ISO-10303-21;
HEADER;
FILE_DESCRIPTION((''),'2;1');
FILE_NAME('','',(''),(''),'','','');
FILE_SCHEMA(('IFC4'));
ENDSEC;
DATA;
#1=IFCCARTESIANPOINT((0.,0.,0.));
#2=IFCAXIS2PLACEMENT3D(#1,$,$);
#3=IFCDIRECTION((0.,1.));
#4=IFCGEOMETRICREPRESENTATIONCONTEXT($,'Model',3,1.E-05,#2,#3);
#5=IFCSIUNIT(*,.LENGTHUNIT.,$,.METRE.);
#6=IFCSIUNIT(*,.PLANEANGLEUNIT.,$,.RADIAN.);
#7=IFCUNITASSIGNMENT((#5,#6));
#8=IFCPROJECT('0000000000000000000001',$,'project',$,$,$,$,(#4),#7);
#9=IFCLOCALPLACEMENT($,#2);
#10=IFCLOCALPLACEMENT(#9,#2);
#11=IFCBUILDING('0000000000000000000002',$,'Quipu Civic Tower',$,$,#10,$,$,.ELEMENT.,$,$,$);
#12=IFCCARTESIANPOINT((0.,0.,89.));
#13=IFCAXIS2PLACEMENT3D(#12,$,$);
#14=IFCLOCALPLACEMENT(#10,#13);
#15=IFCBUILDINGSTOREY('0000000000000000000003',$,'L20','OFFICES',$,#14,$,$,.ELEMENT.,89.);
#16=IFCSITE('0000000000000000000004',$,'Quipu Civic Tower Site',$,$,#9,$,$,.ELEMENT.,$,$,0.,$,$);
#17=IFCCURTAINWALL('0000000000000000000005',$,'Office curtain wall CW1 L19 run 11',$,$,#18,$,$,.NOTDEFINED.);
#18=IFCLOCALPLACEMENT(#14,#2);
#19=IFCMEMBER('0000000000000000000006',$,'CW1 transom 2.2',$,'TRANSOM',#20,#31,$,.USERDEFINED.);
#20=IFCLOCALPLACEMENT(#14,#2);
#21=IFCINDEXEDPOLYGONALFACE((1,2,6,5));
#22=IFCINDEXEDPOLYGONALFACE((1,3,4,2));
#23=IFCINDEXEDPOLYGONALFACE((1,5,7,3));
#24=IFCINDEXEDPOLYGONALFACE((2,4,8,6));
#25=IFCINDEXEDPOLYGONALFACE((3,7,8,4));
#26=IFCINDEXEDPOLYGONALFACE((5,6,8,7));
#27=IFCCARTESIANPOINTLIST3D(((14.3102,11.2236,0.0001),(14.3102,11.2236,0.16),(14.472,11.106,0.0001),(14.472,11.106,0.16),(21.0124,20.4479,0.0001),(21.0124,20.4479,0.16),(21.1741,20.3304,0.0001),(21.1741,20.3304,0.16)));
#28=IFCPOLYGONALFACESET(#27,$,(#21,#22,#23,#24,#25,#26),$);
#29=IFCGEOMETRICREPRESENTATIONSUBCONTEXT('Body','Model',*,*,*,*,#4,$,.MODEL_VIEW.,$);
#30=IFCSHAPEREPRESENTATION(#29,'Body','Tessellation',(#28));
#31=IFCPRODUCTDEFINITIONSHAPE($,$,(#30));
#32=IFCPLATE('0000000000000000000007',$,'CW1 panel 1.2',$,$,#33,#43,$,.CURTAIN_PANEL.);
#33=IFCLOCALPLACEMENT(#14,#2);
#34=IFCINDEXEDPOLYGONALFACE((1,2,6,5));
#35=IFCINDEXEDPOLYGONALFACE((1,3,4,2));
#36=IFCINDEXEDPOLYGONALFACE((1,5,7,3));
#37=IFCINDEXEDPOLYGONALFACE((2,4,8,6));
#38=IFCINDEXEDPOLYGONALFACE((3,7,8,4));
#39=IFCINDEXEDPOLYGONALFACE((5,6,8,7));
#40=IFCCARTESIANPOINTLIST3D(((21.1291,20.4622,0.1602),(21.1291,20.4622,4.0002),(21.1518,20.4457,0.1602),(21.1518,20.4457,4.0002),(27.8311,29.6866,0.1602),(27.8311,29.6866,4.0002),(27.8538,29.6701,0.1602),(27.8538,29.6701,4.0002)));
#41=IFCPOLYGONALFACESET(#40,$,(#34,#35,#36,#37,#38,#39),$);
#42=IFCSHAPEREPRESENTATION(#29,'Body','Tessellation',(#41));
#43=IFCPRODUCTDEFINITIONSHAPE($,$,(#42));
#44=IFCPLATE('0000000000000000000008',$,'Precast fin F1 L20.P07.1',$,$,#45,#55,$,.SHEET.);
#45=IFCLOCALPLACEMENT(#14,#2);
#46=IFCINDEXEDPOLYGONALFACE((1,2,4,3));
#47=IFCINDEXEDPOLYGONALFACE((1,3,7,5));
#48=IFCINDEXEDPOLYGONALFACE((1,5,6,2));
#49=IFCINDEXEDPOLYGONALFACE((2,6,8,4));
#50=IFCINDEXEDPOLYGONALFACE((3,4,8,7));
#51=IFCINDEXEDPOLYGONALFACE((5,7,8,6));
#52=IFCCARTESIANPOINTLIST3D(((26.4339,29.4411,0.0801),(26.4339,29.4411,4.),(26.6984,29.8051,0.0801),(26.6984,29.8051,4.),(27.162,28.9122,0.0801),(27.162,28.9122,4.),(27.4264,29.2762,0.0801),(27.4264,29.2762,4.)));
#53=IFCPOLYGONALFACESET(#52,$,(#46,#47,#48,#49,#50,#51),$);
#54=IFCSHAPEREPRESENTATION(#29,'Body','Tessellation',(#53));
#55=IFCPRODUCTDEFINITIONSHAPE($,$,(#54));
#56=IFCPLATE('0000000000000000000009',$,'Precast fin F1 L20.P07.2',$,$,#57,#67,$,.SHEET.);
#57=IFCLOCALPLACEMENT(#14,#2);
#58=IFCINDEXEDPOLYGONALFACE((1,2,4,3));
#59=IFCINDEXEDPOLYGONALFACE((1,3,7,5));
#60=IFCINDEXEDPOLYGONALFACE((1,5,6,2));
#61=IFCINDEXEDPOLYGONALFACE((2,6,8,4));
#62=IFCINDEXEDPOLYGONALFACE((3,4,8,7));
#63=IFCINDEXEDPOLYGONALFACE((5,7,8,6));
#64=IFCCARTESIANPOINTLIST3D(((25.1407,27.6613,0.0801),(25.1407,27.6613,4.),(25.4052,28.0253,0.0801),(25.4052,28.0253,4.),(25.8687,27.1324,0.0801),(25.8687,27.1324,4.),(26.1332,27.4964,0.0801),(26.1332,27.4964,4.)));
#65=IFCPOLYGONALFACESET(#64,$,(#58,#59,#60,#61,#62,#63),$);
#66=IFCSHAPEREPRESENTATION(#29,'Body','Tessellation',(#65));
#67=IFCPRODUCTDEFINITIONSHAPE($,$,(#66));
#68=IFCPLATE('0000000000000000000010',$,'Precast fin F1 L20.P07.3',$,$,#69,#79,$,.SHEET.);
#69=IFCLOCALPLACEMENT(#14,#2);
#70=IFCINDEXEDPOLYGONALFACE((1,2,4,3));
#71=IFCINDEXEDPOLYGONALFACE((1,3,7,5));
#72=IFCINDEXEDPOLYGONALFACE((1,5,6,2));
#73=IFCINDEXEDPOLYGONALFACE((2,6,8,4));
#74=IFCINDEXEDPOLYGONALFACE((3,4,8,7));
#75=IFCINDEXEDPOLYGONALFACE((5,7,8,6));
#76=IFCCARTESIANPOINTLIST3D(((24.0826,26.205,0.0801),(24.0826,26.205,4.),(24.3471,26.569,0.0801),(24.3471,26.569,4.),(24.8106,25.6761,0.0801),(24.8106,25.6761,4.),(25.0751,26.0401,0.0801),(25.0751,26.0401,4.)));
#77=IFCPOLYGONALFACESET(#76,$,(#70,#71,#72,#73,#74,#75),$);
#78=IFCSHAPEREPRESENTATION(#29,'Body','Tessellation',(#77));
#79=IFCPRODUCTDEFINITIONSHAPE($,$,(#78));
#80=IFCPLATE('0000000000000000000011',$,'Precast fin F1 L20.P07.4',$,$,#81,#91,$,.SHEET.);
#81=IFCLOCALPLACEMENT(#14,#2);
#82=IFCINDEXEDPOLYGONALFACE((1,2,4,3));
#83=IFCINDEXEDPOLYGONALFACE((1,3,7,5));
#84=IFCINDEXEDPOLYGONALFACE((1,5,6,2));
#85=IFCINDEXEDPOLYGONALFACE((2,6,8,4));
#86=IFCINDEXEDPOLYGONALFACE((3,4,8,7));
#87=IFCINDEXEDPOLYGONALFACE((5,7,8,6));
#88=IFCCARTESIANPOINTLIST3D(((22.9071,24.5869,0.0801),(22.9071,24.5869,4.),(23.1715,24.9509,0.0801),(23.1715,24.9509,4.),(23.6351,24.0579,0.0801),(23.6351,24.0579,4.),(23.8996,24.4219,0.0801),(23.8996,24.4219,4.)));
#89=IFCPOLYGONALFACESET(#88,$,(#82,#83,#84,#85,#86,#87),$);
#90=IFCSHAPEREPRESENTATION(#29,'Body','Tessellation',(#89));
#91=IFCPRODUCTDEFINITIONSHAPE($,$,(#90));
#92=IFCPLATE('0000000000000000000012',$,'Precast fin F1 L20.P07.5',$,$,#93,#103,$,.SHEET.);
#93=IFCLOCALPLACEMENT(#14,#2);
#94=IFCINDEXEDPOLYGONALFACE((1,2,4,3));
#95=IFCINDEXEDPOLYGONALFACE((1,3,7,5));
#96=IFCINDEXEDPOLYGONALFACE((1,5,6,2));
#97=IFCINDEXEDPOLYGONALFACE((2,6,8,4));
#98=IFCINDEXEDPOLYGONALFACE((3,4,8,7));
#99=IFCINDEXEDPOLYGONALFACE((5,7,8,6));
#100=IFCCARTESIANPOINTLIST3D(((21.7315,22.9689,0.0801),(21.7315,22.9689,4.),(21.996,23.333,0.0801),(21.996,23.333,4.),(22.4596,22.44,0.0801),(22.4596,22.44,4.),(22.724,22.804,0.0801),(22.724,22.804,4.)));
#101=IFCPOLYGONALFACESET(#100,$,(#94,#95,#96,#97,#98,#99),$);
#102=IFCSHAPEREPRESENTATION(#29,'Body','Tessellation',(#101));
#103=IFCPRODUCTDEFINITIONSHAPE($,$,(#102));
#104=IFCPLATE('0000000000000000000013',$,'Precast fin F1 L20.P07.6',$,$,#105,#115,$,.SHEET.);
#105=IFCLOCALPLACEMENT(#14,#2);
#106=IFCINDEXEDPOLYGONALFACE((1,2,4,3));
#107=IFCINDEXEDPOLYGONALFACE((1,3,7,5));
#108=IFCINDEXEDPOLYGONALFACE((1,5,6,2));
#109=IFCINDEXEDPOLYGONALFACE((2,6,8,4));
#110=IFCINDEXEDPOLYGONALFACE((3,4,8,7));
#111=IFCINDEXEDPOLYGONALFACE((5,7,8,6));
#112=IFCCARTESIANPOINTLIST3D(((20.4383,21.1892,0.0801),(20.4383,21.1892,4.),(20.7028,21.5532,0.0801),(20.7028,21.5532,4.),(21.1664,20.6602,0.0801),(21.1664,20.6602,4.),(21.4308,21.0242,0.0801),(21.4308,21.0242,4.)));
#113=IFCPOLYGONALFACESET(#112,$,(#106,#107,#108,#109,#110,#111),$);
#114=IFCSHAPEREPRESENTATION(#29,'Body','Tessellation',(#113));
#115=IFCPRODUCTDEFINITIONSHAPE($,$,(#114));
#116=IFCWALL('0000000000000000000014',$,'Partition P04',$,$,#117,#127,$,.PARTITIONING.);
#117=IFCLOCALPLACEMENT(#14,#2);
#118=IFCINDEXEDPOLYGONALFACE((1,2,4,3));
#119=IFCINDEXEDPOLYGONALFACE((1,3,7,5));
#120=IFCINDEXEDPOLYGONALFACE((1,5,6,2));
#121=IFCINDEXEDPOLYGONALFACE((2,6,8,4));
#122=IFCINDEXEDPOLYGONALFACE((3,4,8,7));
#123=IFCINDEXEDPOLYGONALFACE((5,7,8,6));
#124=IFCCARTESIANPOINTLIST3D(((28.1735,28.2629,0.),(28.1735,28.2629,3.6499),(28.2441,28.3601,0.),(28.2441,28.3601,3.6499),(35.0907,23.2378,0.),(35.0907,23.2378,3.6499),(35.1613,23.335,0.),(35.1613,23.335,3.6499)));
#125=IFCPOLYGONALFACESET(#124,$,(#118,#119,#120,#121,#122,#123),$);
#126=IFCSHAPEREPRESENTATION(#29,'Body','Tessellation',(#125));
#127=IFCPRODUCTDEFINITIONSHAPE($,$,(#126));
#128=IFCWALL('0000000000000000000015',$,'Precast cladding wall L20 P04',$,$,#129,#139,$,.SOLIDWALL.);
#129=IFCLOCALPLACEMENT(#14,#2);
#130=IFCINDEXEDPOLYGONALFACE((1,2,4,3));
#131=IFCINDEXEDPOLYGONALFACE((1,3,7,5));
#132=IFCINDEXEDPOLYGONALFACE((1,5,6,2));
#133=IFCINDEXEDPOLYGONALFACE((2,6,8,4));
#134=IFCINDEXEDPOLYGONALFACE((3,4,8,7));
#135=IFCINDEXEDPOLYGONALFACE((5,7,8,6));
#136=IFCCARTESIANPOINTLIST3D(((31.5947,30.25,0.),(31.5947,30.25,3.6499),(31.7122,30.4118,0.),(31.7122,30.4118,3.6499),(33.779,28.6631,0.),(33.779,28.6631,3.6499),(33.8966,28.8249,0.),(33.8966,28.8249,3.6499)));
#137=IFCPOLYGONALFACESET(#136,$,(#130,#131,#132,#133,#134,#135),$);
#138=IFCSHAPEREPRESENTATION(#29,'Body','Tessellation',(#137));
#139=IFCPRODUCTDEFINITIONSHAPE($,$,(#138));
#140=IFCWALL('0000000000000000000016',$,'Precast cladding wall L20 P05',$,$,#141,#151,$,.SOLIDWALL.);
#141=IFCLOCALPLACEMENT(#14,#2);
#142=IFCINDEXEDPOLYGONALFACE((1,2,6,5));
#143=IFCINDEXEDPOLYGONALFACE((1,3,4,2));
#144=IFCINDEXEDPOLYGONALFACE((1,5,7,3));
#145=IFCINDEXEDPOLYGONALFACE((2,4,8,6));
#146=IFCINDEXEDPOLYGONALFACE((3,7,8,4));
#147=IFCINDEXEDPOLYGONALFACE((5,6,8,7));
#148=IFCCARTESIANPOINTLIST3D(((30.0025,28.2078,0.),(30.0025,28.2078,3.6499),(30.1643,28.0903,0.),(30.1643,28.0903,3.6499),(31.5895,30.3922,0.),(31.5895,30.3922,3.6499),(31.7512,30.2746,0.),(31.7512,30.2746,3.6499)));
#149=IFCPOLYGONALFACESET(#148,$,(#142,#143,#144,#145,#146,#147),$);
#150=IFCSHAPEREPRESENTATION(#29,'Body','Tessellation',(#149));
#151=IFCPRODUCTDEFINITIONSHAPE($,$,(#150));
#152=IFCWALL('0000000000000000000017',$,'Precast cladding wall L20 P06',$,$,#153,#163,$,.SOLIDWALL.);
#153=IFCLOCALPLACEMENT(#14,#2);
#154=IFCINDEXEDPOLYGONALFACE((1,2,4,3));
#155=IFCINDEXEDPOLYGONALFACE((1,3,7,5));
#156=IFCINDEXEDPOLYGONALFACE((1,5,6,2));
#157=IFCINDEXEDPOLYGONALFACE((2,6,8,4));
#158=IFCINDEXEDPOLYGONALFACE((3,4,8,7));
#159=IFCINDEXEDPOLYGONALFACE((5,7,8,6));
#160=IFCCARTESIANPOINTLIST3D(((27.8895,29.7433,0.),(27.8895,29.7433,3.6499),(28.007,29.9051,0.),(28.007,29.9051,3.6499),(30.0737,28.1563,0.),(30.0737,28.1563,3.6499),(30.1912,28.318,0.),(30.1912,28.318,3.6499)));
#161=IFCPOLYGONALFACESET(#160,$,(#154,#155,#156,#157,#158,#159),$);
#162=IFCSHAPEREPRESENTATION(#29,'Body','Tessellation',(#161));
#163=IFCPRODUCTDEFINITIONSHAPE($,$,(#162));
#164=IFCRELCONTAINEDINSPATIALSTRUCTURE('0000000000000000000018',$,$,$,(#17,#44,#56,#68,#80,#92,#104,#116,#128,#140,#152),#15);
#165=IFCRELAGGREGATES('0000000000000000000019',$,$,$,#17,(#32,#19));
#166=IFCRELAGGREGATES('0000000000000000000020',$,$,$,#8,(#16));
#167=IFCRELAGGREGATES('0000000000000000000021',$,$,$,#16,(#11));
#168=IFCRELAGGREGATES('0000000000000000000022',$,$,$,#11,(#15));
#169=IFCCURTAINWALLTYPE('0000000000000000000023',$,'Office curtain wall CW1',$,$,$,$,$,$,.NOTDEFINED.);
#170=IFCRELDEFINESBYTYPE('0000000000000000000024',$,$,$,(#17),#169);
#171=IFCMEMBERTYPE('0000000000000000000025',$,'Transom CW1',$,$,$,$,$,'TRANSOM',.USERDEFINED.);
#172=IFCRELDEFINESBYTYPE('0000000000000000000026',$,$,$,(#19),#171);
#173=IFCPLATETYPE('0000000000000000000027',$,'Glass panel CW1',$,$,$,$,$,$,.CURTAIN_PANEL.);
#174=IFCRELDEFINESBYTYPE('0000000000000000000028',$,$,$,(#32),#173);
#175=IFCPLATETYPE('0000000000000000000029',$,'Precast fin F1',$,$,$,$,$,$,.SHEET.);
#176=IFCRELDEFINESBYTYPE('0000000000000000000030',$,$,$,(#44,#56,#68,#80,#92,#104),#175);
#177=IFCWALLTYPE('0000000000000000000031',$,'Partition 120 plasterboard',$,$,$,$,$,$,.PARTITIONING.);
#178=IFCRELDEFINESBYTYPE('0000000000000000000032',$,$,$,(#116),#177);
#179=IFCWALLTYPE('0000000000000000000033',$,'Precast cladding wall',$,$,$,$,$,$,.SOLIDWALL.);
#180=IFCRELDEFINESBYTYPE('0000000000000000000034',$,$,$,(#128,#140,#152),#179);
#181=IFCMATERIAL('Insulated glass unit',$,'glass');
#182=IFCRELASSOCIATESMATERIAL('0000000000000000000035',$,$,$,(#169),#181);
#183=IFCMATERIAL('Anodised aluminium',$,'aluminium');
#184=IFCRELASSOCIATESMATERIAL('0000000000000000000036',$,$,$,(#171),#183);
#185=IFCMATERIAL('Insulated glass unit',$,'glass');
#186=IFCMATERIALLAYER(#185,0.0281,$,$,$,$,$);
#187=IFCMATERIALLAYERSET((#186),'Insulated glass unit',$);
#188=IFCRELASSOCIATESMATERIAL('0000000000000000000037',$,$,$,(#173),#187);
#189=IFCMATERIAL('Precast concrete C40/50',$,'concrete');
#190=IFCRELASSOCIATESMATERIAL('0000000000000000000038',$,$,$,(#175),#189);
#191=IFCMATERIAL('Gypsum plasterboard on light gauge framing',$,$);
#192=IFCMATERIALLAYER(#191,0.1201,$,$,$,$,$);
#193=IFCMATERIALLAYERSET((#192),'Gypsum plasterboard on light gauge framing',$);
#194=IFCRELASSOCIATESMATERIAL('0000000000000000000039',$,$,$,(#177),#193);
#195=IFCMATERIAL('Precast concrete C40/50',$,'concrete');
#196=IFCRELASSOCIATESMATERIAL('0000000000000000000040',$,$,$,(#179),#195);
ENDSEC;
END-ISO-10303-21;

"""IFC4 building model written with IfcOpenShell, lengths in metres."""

from ifc_helpers import new_model, si_unit, direction, frame, frame_2d, origin, origin_2d, place, context, subcontext, project, spatial, rectangle, extrude, material, layer, layer_set, material_profile, profile_set, type_object, element, aggregate, save


model = new_model("IFC4")

# Units and contexts
model_context = context("Model", 3, precision=1e-05, world=origin(), true_north=direction((0.0, 1.0)))
body_context = subcontext(model_context, "Body", "Model", "MODEL_VIEW")
ifc_project = project(units=[si_unit("LENGTHUNIT", "METRE"), si_unit("PLANEANGLEUNIT", "RADIAN")], contexts=[model_context])

# Site, building, storey
site_placement = place(None, origin())
site = spatial("IfcSite", under=ifc_project, at=site_placement, Name="Quipu Civic Tower Site", CompositionType="ELEMENT", RefElevation=0.0)
building_placement = place(site_placement, origin())
building = spatial("IfcBuilding", under=site, at=building_placement, Name="Quipu Civic Tower", CompositionType="ELEMENT")
storey_placement = place(building_placement, frame((0.0, 0.0, 89.0)))
storey = spatial("IfcBuildingStorey", under=building, at=storey_placement, Name="L20", Description="OFFICES", CompositionType="ELEMENT", Elevation=89.0)

# Curtain wall
ifc_material_1 = material(Name="Insulated glass unit", Category="glass")
curtain_wall_type = type_object("IfcCurtainWallType", Name="Office curtain wall CW1", PredefinedType="NOTDEFINED", material=ifc_material_1)
curtain_wall_placement = place(storey_placement, origin())
curtain_wall = element("IfcCurtainWall", 1, at=curtain_wall_placement, inside=storey, type_object=curtain_wall_type, Name="Office curtain wall CW1 L19 run 11", PredefinedType="NOTDEFINED")

# Member
ifc_material_2 = material(Name="Anodised aluminium", Category="aluminium")
ifc_material_profile_1 = material_profile(ifc_material_2, rectangle(XDim=0.2, YDim=0.1599, at=origin_2d()), Name="RECT 200x160")
ifc_profile_set_1 = profile_set([ifc_material_profile_1], Name="Anodised aluminium")
member_type_1 = type_object("IfcMemberType", Name="Transom CW1", ElementType="TRANSOM", PredefinedType="USERDEFINED", material=ifc_profile_set_1)
member_1_placement = place(storey_placement, frame((21.0933, 20.3892, 0.0801), z_axis=(-0.5878, -0.809006, 0.0), x_axis=(0.809006, -0.5878, 0.0)))
member_1 = element("IfcMember", 2, at=member_1_placement, type_object=member_type_1, Name="CW1 transom 2.2", ObjectType="TRANSOM", PredefinedType="USERDEFINED", context=body_context, shape_type="SweptSolid", body=[
    extrude(rectangle(XDim=0.2, YDim=0.1599, at=origin_2d()), origin(), (0.0, 0.0, 1.0), 11.4021),
])

# Plate
ifc_material_3 = material(Name="Insulated glass unit", Category="glass")
ifc_layer_1 = layer(ifc_material_3, 0.0281)
ifc_layer_set_1 = layer_set([ifc_layer_1], Name="Insulated glass unit")
plate_type_1 = type_object("IfcPlateType", Name="Glass panel CW1", PredefinedType="CURTAIN_PANEL", material=ifc_layer_set_1)
plate_placement = place(storey_placement, frame((24.4915, 25.0662, 0.1602), z_axis=(0.0, 0.0, 1.0), x_axis=(-0.587789, -0.809014, 0.0)))
plate = element("IfcPlate", 3, at=plate_placement, type_object=plate_type_1, Name="CW1 panel 1.2", PredefinedType="CURTAIN_PANEL", context=body_context, shape_type="SweptSolid", body=[
    extrude(rectangle(XDim=11.4021, YDim=0.0281, at=origin_2d()), origin(), (0.0, 0.0, 1.0), 3.8401),
])
aggregate(curtain_wall, [plate, member_1])

# Plates
ifc_material_4 = material(Name="Precast concrete C40/50", Category="concrete")
plate_type_2 = type_object("IfcPlateType", Name="Precast fin F1", PredefinedType="SHEET", material=ifc_material_4)
for number, where, z_axis, x_axis, name in (
    (4, (26.9302, 29.3586, 0.0801), (0.0, 0.0, 1.0), (-0.587787, -0.809016, 0.0), "Precast fin F1 L20.P07.1"),
    (5, (25.637, 27.5789, 0.0801), (0.0, 0.0, 1.0), (-0.587787, -0.809016, 0.0), "Precast fin F1 L20.P07.2"),
    (6, (24.5789, 26.1226, 0.0801), (0.0, 0.0, 1.0), (-0.587787, -0.809016, 0.0), "Precast fin F1 L20.P07.3"),
    (7, (23.4033, 24.5044, 0.0801), (0.0, 0.0, 1.0), (-0.587787, -0.809016, 0.0), "Precast fin F1 L20.P07.4"),
    (8, (22.2278, 22.8865, 0.0801), (0.0, 0.0, 1.0), (-0.587787, -0.809016, 0.0), "Precast fin F1 L20.P07.5"),
    (9, (20.9346, 21.1067, 0.0801), (0.0, 0.0, 1.0), (-0.587787, -0.809016, 0.0), "Precast fin F1 L20.P07.6"),
):
    element("IfcPlate", number, at=place(storey_placement, frame(where, z_axis=z_axis, x_axis=x_axis)), inside=storey, type_object=plate_type_2, Name=name, PredefinedType="SHEET", context=body_context, shape_type="SweptSolid", body=[
        extrude(rectangle(XDim=0.45, YDim=0.8999, at=origin_2d()), origin(), (0.0, 0.0, 1.0), 3.9199),
    ])

# Walls
ifc_material_5 = material(Name="Gypsum plasterboard on light gauge framing")
ifc_layer_2 = layer(ifc_material_5, 0.1201)
ifc_layer_set_2 = layer_set([ifc_layer_2], Name="Gypsum plasterboard on light gauge framing")
wall_type_1 = type_object("IfcWallType", Name="Partition 120 plasterboard", PredefinedType="PARTITIONING", material=ifc_layer_set_2)
wall_placement = place(storey_placement, frame((35.126, 23.2864, 0.0), z_axis=(0.0, 0.0, 1.0), x_axis=(-0.809046, 0.587745, 0.0)))
element("IfcWall", 10, at=wall_placement, inside=storey, type_object=wall_type_1, Name="Partition P04", PredefinedType="PARTITIONING", context=body_context, shape_type="SweptSolid", body=[
    extrude(rectangle(XDim=8.5498, YDim=0.1201, at=frame_2d((4.2749, 0.0))), origin(), (0.0, 0.0, 1.0), 3.6499),
])
ifc_material_6 = material(Name="Precast concrete C40/50", Category="concrete")
wall_type_2 = type_object("IfcWallType", Name="Precast cladding wall", PredefinedType="SOLIDWALL", material=ifc_material_6)
for number, where, z_axis, x_axis, name in (
    (11, (33.8379, 28.7439, 0.0), (0.0, 0.0, 1.0), (-0.809033, 0.587763, 0.0), "Precast cladding wall L20 P04"),
    (12, (31.6704, 30.3335, 0.0), (0.0, 0.0, 1.0), (-0.587763, -0.809033, 0.0), "Precast cladding wall L20 P05"),
    (13, (30.1326, 28.2371, 0.0), (0.0, 0.0, 1.0), (-0.80899, 0.587822, 0.0), "Precast cladding wall L20 P06"),
):
    element("IfcWall", number, at=place(storey_placement, frame(where, z_axis=z_axis, x_axis=x_axis)), inside=storey, type_object=wall_type_2, Name=name, PredefinedType="SOLIDWALL", context=body_context, shape_type="SweptSolid", body=[
        extrude(rectangle(XDim=2.7, YDim=0.2, at=frame_2d((1.3501, 0.0))), origin(), (0.0, 0.0, 1.0), 3.6499),
    ])

save(model, "model.ifc")
